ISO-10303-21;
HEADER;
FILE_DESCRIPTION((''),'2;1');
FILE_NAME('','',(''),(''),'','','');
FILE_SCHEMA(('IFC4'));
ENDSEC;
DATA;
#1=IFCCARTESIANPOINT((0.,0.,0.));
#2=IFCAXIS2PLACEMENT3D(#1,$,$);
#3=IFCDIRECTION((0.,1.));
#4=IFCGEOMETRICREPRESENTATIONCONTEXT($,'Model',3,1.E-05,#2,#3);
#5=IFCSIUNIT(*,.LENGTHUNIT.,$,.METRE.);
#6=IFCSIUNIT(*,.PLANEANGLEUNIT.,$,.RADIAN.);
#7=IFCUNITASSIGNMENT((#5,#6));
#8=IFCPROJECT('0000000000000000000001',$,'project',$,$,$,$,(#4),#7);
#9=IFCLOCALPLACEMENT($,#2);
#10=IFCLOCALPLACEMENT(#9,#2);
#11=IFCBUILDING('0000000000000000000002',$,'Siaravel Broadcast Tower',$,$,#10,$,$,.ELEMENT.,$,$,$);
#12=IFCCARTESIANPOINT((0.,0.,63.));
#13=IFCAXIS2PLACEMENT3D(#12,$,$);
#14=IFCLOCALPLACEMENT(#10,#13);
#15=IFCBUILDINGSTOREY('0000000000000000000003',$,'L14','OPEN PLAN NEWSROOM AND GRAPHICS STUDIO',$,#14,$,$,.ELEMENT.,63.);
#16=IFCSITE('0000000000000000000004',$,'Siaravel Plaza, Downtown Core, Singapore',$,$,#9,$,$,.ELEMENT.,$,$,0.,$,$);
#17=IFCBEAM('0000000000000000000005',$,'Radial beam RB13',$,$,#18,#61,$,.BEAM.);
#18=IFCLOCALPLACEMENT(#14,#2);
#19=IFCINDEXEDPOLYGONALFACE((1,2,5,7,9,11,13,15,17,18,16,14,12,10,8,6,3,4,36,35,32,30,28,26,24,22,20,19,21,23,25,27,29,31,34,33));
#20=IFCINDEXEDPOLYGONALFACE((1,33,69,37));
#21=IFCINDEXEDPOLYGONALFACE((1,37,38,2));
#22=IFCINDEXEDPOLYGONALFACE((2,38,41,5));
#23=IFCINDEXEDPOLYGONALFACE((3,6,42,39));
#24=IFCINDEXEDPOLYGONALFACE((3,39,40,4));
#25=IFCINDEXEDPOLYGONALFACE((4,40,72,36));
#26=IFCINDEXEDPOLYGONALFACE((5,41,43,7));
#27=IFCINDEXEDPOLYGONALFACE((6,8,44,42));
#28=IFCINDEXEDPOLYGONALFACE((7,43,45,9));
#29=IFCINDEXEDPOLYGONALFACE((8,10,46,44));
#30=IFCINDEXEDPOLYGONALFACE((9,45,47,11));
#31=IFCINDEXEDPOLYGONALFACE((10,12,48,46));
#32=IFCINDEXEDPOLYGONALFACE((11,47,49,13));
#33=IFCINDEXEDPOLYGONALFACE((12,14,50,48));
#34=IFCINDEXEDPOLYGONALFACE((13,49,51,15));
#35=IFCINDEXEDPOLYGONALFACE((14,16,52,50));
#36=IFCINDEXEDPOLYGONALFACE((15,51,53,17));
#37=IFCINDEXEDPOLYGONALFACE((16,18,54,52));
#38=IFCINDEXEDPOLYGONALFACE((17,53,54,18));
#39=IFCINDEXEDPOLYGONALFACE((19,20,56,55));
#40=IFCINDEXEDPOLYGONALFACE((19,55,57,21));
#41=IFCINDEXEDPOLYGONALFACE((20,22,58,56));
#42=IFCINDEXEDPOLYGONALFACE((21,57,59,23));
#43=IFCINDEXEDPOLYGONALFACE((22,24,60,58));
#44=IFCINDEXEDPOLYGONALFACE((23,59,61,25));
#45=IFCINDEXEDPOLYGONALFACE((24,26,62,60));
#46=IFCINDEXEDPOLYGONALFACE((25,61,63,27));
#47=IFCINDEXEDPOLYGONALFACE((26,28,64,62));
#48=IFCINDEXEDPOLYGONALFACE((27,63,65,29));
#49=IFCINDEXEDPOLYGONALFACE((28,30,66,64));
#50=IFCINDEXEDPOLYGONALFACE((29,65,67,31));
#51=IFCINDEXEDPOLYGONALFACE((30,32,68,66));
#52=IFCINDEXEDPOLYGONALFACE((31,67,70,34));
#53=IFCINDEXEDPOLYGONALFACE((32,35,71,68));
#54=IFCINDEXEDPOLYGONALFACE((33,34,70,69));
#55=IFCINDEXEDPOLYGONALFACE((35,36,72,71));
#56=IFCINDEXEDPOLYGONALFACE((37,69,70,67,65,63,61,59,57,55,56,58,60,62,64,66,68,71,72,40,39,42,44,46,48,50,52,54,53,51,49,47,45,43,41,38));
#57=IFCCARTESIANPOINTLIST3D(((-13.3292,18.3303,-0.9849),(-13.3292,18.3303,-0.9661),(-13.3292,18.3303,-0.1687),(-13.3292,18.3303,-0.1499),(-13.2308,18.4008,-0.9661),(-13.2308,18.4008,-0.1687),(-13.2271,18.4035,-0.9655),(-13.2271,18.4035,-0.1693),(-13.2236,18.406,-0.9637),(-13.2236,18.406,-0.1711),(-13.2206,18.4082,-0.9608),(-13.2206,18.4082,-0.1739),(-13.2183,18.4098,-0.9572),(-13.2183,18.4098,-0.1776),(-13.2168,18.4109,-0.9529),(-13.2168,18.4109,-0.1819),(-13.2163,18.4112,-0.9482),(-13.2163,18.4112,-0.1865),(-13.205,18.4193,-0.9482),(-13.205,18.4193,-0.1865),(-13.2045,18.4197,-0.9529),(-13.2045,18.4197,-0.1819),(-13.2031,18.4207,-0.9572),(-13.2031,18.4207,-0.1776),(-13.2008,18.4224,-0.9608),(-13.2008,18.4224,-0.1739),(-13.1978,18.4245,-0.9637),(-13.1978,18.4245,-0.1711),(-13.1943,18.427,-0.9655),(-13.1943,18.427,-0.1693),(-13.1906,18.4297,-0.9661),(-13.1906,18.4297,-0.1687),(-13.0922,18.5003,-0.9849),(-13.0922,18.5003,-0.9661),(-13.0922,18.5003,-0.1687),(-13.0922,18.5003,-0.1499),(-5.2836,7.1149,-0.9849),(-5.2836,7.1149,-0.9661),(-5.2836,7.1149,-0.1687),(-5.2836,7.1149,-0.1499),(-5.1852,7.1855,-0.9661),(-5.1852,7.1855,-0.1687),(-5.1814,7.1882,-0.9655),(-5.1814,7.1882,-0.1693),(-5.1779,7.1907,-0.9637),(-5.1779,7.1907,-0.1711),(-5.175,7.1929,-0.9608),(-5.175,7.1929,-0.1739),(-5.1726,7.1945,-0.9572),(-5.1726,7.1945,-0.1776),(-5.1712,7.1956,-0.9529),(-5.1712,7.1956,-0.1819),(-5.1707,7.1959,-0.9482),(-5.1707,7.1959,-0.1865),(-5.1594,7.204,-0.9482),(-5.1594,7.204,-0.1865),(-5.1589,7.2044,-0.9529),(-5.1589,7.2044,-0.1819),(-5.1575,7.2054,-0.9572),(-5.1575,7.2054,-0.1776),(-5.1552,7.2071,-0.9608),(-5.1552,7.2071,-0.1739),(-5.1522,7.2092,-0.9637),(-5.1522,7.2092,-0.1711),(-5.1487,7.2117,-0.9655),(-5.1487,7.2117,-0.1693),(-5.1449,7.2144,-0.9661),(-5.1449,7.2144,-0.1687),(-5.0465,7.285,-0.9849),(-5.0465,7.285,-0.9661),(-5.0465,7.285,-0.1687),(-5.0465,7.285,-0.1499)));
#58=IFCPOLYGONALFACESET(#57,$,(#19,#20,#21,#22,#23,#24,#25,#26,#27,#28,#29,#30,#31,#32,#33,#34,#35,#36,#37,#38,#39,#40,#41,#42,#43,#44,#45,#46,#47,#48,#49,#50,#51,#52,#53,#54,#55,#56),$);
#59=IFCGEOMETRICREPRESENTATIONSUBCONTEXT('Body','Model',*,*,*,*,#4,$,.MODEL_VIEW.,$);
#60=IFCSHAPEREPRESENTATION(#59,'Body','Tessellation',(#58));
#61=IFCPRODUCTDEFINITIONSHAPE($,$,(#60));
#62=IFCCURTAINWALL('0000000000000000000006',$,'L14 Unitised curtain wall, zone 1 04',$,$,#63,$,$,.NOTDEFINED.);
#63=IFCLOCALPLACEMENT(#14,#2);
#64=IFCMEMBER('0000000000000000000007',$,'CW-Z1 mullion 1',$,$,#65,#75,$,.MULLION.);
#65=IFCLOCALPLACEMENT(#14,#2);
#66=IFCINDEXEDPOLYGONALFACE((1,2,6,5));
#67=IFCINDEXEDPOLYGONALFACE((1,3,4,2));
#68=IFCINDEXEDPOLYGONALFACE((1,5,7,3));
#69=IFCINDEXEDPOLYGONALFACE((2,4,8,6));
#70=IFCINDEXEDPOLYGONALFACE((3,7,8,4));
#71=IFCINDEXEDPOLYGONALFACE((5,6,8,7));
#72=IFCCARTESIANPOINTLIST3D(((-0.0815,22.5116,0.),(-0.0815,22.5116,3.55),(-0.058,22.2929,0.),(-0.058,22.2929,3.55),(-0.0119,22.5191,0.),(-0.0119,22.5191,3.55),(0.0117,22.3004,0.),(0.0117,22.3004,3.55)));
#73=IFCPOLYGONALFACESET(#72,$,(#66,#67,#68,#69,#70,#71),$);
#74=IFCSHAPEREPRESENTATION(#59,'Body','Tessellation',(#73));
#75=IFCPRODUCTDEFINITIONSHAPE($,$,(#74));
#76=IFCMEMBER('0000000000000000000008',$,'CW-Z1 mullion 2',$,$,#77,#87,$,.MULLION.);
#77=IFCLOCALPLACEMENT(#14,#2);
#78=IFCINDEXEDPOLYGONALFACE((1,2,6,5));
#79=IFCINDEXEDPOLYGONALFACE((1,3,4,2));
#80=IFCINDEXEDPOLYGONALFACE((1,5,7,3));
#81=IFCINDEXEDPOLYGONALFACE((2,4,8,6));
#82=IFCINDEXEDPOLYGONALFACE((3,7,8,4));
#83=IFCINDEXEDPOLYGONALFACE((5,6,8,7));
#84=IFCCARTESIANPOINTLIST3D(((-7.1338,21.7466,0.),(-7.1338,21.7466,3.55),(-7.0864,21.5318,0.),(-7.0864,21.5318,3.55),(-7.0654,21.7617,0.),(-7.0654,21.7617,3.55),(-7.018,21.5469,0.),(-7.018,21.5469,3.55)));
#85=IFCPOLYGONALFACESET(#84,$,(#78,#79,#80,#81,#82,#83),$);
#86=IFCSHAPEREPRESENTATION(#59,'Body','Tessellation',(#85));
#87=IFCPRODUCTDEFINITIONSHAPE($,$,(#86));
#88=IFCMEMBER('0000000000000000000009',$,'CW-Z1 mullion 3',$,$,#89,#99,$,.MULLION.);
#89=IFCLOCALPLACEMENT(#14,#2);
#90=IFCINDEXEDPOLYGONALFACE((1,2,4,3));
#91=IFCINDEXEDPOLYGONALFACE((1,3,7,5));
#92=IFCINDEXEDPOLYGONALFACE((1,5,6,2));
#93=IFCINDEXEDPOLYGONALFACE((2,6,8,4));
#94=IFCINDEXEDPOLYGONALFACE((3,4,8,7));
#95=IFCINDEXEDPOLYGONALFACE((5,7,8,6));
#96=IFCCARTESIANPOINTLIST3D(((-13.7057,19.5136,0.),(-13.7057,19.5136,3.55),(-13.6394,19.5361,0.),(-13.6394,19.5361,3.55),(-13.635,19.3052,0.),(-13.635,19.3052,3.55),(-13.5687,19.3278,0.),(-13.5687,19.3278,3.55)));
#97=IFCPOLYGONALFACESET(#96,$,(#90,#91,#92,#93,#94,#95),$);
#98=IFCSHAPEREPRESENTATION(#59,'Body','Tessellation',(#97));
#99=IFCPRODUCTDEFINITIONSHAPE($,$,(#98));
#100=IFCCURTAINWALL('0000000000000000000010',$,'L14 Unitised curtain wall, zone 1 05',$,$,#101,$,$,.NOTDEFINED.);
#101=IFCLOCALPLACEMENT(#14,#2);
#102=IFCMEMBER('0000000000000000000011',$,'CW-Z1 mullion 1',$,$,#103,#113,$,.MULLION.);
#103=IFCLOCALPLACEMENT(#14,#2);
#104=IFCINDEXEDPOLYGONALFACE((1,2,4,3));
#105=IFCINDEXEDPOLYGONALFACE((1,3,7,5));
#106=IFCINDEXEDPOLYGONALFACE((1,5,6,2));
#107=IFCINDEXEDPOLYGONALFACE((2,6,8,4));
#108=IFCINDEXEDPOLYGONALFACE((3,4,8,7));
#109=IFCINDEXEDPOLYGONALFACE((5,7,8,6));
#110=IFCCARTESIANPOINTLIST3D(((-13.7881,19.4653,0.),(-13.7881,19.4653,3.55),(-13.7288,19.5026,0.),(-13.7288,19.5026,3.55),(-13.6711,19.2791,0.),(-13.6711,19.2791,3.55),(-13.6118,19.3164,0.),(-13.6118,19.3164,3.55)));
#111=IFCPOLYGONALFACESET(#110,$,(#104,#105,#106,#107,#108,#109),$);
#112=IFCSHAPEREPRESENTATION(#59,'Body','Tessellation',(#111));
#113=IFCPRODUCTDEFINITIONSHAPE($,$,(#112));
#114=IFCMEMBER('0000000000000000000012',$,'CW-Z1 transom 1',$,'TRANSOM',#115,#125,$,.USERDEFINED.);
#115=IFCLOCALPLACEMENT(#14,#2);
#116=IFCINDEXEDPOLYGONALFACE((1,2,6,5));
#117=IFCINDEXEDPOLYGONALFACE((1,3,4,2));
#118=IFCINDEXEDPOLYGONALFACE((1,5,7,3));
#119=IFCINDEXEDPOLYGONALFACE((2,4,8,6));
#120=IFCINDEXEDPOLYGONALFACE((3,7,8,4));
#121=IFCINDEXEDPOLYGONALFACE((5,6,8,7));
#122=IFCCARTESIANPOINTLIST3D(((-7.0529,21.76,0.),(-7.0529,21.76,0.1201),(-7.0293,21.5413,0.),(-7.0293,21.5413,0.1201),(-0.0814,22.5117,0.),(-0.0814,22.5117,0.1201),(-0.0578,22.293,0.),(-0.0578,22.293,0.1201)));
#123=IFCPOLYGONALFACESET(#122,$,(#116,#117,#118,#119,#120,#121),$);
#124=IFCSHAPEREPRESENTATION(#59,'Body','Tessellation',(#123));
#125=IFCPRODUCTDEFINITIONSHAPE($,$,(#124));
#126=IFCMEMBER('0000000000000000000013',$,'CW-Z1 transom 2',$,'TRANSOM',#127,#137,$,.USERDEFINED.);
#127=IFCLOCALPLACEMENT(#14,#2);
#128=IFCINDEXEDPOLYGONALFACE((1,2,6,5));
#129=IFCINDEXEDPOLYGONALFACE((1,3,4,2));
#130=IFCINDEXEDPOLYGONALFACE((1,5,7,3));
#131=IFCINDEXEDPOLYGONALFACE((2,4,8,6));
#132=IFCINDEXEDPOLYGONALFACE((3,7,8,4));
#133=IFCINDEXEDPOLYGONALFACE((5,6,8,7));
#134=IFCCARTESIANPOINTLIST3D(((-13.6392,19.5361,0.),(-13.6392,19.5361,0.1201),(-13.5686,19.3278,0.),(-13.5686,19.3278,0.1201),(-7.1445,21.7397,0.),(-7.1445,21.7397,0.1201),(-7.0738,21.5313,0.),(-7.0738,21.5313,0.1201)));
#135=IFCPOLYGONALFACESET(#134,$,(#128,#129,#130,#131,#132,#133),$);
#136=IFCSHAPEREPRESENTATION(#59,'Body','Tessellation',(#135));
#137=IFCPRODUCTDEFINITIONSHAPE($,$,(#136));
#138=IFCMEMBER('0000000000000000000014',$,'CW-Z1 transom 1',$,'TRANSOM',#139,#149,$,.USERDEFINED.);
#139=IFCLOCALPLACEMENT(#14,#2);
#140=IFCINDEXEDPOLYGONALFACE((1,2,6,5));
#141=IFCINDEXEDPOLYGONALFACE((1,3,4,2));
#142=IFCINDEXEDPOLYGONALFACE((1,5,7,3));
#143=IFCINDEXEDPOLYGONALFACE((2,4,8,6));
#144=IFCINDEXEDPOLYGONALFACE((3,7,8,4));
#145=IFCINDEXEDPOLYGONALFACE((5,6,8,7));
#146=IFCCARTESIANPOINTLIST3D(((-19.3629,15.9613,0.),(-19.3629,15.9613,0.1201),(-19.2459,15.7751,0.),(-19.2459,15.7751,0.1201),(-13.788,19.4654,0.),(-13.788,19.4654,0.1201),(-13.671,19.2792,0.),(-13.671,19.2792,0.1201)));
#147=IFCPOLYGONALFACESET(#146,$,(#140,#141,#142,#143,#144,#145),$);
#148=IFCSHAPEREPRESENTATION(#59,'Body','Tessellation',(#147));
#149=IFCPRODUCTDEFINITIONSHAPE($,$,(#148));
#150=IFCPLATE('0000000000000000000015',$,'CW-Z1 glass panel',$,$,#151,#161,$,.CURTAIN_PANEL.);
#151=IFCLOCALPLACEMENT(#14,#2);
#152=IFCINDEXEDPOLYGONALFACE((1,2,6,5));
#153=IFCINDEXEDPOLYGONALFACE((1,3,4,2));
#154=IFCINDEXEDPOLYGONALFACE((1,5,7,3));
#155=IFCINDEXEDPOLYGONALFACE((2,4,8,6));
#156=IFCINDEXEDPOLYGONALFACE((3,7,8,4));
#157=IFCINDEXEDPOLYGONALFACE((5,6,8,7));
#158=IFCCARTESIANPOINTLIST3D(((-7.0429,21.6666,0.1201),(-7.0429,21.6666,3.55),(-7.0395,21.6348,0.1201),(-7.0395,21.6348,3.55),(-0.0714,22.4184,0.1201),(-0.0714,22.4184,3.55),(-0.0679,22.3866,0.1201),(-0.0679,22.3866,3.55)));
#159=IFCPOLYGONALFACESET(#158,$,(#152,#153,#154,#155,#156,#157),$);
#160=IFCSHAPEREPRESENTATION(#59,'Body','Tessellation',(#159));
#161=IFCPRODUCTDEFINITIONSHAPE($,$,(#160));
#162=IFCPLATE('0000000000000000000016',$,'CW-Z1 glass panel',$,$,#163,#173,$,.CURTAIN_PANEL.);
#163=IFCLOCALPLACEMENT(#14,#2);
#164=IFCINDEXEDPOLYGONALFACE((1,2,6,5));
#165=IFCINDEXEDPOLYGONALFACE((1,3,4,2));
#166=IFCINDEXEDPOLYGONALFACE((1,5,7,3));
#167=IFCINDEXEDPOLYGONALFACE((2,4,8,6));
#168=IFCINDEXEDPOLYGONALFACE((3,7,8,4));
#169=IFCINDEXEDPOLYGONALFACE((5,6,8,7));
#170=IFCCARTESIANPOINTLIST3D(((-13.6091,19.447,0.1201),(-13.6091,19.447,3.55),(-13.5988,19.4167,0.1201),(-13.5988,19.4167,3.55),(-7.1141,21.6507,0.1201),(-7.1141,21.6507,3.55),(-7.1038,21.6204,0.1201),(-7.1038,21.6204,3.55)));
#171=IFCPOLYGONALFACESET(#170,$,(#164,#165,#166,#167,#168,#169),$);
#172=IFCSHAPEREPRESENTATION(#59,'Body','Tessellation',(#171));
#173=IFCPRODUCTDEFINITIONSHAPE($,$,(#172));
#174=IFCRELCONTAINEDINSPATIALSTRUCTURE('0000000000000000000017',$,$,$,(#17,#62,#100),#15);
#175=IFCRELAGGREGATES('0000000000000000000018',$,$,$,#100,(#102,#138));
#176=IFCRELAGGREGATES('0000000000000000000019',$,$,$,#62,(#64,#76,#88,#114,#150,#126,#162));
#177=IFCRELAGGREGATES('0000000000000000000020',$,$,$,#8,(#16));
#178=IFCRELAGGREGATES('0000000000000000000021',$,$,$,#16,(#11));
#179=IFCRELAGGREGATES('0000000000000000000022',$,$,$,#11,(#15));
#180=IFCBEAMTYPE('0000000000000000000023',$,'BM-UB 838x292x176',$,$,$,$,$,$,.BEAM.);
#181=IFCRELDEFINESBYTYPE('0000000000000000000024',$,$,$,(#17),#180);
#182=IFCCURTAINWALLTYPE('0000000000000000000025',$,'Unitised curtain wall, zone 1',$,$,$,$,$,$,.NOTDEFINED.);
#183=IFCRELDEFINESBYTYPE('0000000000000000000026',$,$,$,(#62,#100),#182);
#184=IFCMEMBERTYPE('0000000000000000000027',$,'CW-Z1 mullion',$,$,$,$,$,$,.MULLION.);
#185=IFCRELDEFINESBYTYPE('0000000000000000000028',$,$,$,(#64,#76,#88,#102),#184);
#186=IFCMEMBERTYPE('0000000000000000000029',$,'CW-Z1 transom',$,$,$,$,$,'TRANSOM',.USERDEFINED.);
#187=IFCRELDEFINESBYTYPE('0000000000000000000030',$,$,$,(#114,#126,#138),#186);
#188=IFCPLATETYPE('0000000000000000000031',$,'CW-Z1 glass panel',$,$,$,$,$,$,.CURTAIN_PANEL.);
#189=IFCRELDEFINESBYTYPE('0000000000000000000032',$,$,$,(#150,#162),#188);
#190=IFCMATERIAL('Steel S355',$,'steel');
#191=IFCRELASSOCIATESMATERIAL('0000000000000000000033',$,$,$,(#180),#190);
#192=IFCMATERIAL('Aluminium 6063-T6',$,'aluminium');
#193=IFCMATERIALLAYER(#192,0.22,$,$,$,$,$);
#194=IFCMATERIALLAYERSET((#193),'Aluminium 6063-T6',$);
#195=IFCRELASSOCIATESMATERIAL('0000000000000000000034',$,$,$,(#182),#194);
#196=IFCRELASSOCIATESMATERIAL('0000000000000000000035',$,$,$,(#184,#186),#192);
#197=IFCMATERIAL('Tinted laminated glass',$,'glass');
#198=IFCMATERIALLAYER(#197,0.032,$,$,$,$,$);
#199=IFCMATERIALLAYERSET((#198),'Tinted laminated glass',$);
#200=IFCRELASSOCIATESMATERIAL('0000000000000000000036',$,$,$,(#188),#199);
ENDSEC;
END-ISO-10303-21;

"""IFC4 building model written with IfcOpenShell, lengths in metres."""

from ifc_helpers import new_model, si_unit, direction, frame, origin, origin_2d, place, context, subcontext, project, spatial, rectangle, i_section, extrude, material, layer, layer_set, material_profile, profile_set, type_object, element, aggregate, save


model = new_model("IFC4")

# Units and contexts
model_context = context("Model", 3, precision=1e-05, world=origin(), true_north=direction((0.0, 1.0)))
body_context = subcontext(model_context, "Body", "Model", "MODEL_VIEW")
ifc_project = project(units=[si_unit("LENGTHUNIT", "METRE"), si_unit("PLANEANGLEUNIT", "RADIAN")], contexts=[model_context])

# Site, building, storey
site_placement = place(None, origin())
site = spatial("IfcSite", under=ifc_project, at=site_placement, Name="Siaravel Plaza, Downtown Core, Singapore", CompositionType="ELEMENT", RefElevation=0.0)
building_placement = place(site_placement, origin())
building = spatial("IfcBuilding", under=site, at=building_placement, Name="Siaravel Broadcast Tower", CompositionType="ELEMENT")
storey_placement = place(building_placement, frame((0.0, 0.0, 63.0)))
storey = spatial("IfcBuildingStorey", under=building, at=storey_placement, Name="L14", Description="OPEN PLAN NEWSROOM AND GRAPHICS STUDIO", CompositionType="ELEMENT", Elevation=63.0)

# Beam
ifc_material_1 = material(Name="Steel S355", Category="steel")
ifc_material_profile_1 = material_profile(ifc_material_1, i_section(OverallWidth=0.2917, OverallDepth=0.835, WebThickness=0.0139, FlangeThickness=0.0188, FilletRadius=0.0178, at=origin_2d()))
ifc_profile_set_1 = profile_set([ifc_material_profile_1], Name="Steel S355")
beam_type = type_object("IfcBeamType", Name="BM-UB 838x292x176", PredefinedType="BEAM", material=ifc_profile_set_1)
beam_1_placement = place(storey_placement, frame((-13.2107, 18.4153, -0.5674), z_axis=(0.582902, -0.812543, 0.0), x_axis=(0.812543, 0.582902, 0.0)))
element("IfcBeam", 1, at=beam_1_placement, inside=storey, type_object=beam_type, Name="Radial beam RB13", PredefinedType="BEAM", context=body_context, shape_type="SweptSolid", body=[
    extrude(i_section(OverallWidth=0.2917, OverallDepth=0.835, WebThickness=0.0139, FlangeThickness=0.0188, FilletRadius=0.0178, at=origin_2d()), origin(), (0.0, 0.0, 1.0), 13.8027),
])

# Curtain wall, members
ifc_material_2 = material(Name="Aluminium 6063-T6", Category="aluminium")
ifc_layer_1 = layer(ifc_material_2, 0.22)
ifc_layer_set_1 = layer_set([ifc_layer_1], Name="Aluminium 6063-T6")
curtain_wall_type = type_object("IfcCurtainWallType", Name="Unitised curtain wall, zone 1", PredefinedType="NOTDEFINED", material=ifc_layer_set_1)
curtain_wall_1_placement = place(storey_placement, origin())
curtain_wall_1 = element("IfcCurtainWall", 2, at=curtain_wall_1_placement, inside=storey, type_object=curtain_wall_type, Name="L14 Unitised curtain wall, zone 1 04", PredefinedType="NOTDEFINED")
ifc_material_profile_2 = material_profile(ifc_material_2, rectangle(XDim=0.22, YDim=0.0701, at=origin_2d()))
ifc_profile_set_2 = profile_set([ifc_material_profile_2], Name="Aluminium 6063-T6")
member_type_1 = type_object("IfcMemberType", Name="CW-Z1 mullion", PredefinedType="MULLION", material=ifc_profile_set_2)
member_1_placement = place(storey_placement, frame((-0.0349, 22.406, 0.0), z_axis=(0.0, 0.0, 1.0), x_axis=(0.107217, -0.994236, 0.0)))
member_1 = element("IfcMember", 3, at=member_1_placement, type_object=member_type_1, Name="CW-Z1 mullion 1", PredefinedType="MULLION", context=body_context, shape_type="SweptSolid", body=[
    extrude(rectangle(XDim=0.22, YDim=0.0701, at=origin_2d()), origin(), (0.0, 0.0, 1.0), 3.55),
])
member_2_placement = place(storey_placement, frame((-7.0759, 21.6467, 0.0), z_axis=(0.0, 0.0, 1.0), x_axis=(0.215557, -0.976491, 0.0)))
member_2 = element("IfcMember", 4, at=member_2_placement, type_object=member_type_1, Name="CW-Z1 mullion 2", PredefinedType="MULLION", context=body_context, shape_type="SweptSolid", body=[
    extrude(rectangle(XDim=0.22, YDim=0.0701, at=origin_2d()), origin(), (0.0, 0.0, 1.0), 3.55),
])
member_3_placement = place(storey_placement, frame((-13.6372, 19.4207, 0.0), z_axis=(0.0, 0.0, 1.0), x_axis=(0.3213, -0.946978, 0.0)))
member_3 = element("IfcMember", 5, at=member_3_placement, type_object=member_type_1, Name="CW-Z1 mullion 3", PredefinedType="MULLION", context=body_context, shape_type="SweptSolid", body=[
    extrude(rectangle(XDim=0.22, YDim=0.0701, at=origin_2d()), origin(), (0.0, 0.0, 1.0), 3.55),
])

# Curtain wall, member
curtain_wall_2_placement = place(storey_placement, origin())
curtain_wall_2 = element("IfcCurtainWall", 6, at=curtain_wall_2_placement, inside=storey, type_object=curtain_wall_type, Name="L14 Unitised curtain wall, zone 1 05", PredefinedType="NOTDEFINED")
member_4_placement = place(storey_placement, frame((-13.7, 19.3909, 0.0), z_axis=(0.0, 0.0, 1.0), x_axis=(0.532148, -0.846651, 0.0)))
member_4 = element("IfcMember", 7, at=member_4_placement, type_object=member_type_1, Name="CW-Z1 mullion 1", PredefinedType="MULLION", context=body_context, shape_type="SweptSolid", body=[
    extrude(rectangle(XDim=0.22, YDim=0.0701, at=origin_2d()), origin(), (0.0, 0.0, 1.0), 3.55),
])

# Members
ifc_material_profile_3 = material_profile(ifc_material_2, rectangle(XDim=0.22, YDim=0.1201, at=origin_2d()))
ifc_profile_set_3 = profile_set([ifc_material_profile_3], Name="Aluminium 6063-T6")
member_type_2 = type_object("IfcMemberType", Name="CW-Z1 transom", ElementType="TRANSOM", PredefinedType="USERDEFINED", material=ifc_profile_set_3)
member_5_placement = place(storey_placement, frame((-0.0696, 22.4023, 0.0601), z_axis=(-0.994237, -0.107206, 0.0), x_axis=(0.107206, -0.994237, 0.0)))
member_5 = element("IfcMember", 8, at=member_5_placement, type_object=member_type_2, Name="CW-Z1 transom 1", ObjectType="TRANSOM", PredefinedType="USERDEFINED", context=body_context, shape_type="SweptSolid", body=[
    extrude(rectangle(XDim=0.22, YDim=0.1201, at=origin_2d()), origin(), (0.0, 0.0, 1.0), 7.012),
])
member_6_placement = place(storey_placement, frame((-7.1091, 21.6355, 0.0601), z_axis=(-0.946979, -0.321296, 0.0), x_axis=(0.321296, -0.946979, 0.0)))
member_6 = element("IfcMember", 9, at=member_6_placement, type_object=member_type_2, Name="CW-Z1 transom 2", ObjectType="TRANSOM", PredefinedType="USERDEFINED", context=body_context, shape_type="SweptSolid", body=[
    extrude(rectangle(XDim=0.22, YDim=0.1201, at=origin_2d()), origin(), (0.0, 0.0, 1.0), 6.8584),
])
member_7_placement = place(storey_placement, frame((-13.7295, 19.3723, 0.0601), z_axis=(-0.846644, -0.53216, 0.0), x_axis=(0.53216, -0.846644, 0.0)))
member_7 = element("IfcMember", 10, at=member_7_placement, type_object=member_type_2, Name="CW-Z1 transom 1", ObjectType="TRANSOM", PredefinedType="USERDEFINED", context=body_context, shape_type="SweptSolid", body=[
    extrude(rectangle(XDim=0.22, YDim=0.1201, at=origin_2d()), origin(), (0.0, 0.0, 1.0), 6.5847),
])
aggregate(curtain_wall_2, [member_4, member_7])

# Plates
ifc_material_3 = material(Name="Tinted laminated glass", Category="glass")
ifc_layer_2 = layer(ifc_material_3, 0.032)
ifc_layer_set_2 = layer_set([ifc_layer_2], Name="Tinted laminated glass")
plate_type = type_object("IfcPlateType", Name="CW-Z1 glass panel", PredefinedType="CURTAIN_PANEL", material=ifc_layer_set_2)
plate_1_placement = place(storey_placement, frame((-3.5554, 22.0266, 0.1201), z_axis=(0.0, 0.0, 1.0), x_axis=(-0.994236, -0.107217, 0.0)))
plate_1 = element("IfcPlate", 11, at=plate_1_placement, type_object=plate_type, Name="CW-Z1 glass panel", PredefinedType="CURTAIN_PANEL", context=body_context, shape_type="SweptSolid", body=[
    extrude(rectangle(XDim=7.012, YDim=0.032, at=origin_2d()), origin(), (0.0, 0.0, 1.0), 3.4299),
])
plate_2_placement = place(storey_placement, frame((-10.3564, 20.5337, 0.1201), z_axis=(0.0, 0.0, 1.0), x_axis=(-0.946978, -0.3213, 0.0)))
plate_2 = element("IfcPlate", 12, at=plate_2_placement, type_object=plate_type, Name="CW-Z1 glass panel", PredefinedType="CURTAIN_PANEL", context=body_context, shape_type="SweptSolid", body=[
    extrude(rectangle(XDim=6.8586, YDim=0.032, at=origin_2d()), origin(), (0.0, 0.0, 1.0), 3.4299),
])
aggregate(curtain_wall_1, [member_1, member_2, member_3, member_5, plate_1, member_6, plate_2])

save(model, "model.ifc")
